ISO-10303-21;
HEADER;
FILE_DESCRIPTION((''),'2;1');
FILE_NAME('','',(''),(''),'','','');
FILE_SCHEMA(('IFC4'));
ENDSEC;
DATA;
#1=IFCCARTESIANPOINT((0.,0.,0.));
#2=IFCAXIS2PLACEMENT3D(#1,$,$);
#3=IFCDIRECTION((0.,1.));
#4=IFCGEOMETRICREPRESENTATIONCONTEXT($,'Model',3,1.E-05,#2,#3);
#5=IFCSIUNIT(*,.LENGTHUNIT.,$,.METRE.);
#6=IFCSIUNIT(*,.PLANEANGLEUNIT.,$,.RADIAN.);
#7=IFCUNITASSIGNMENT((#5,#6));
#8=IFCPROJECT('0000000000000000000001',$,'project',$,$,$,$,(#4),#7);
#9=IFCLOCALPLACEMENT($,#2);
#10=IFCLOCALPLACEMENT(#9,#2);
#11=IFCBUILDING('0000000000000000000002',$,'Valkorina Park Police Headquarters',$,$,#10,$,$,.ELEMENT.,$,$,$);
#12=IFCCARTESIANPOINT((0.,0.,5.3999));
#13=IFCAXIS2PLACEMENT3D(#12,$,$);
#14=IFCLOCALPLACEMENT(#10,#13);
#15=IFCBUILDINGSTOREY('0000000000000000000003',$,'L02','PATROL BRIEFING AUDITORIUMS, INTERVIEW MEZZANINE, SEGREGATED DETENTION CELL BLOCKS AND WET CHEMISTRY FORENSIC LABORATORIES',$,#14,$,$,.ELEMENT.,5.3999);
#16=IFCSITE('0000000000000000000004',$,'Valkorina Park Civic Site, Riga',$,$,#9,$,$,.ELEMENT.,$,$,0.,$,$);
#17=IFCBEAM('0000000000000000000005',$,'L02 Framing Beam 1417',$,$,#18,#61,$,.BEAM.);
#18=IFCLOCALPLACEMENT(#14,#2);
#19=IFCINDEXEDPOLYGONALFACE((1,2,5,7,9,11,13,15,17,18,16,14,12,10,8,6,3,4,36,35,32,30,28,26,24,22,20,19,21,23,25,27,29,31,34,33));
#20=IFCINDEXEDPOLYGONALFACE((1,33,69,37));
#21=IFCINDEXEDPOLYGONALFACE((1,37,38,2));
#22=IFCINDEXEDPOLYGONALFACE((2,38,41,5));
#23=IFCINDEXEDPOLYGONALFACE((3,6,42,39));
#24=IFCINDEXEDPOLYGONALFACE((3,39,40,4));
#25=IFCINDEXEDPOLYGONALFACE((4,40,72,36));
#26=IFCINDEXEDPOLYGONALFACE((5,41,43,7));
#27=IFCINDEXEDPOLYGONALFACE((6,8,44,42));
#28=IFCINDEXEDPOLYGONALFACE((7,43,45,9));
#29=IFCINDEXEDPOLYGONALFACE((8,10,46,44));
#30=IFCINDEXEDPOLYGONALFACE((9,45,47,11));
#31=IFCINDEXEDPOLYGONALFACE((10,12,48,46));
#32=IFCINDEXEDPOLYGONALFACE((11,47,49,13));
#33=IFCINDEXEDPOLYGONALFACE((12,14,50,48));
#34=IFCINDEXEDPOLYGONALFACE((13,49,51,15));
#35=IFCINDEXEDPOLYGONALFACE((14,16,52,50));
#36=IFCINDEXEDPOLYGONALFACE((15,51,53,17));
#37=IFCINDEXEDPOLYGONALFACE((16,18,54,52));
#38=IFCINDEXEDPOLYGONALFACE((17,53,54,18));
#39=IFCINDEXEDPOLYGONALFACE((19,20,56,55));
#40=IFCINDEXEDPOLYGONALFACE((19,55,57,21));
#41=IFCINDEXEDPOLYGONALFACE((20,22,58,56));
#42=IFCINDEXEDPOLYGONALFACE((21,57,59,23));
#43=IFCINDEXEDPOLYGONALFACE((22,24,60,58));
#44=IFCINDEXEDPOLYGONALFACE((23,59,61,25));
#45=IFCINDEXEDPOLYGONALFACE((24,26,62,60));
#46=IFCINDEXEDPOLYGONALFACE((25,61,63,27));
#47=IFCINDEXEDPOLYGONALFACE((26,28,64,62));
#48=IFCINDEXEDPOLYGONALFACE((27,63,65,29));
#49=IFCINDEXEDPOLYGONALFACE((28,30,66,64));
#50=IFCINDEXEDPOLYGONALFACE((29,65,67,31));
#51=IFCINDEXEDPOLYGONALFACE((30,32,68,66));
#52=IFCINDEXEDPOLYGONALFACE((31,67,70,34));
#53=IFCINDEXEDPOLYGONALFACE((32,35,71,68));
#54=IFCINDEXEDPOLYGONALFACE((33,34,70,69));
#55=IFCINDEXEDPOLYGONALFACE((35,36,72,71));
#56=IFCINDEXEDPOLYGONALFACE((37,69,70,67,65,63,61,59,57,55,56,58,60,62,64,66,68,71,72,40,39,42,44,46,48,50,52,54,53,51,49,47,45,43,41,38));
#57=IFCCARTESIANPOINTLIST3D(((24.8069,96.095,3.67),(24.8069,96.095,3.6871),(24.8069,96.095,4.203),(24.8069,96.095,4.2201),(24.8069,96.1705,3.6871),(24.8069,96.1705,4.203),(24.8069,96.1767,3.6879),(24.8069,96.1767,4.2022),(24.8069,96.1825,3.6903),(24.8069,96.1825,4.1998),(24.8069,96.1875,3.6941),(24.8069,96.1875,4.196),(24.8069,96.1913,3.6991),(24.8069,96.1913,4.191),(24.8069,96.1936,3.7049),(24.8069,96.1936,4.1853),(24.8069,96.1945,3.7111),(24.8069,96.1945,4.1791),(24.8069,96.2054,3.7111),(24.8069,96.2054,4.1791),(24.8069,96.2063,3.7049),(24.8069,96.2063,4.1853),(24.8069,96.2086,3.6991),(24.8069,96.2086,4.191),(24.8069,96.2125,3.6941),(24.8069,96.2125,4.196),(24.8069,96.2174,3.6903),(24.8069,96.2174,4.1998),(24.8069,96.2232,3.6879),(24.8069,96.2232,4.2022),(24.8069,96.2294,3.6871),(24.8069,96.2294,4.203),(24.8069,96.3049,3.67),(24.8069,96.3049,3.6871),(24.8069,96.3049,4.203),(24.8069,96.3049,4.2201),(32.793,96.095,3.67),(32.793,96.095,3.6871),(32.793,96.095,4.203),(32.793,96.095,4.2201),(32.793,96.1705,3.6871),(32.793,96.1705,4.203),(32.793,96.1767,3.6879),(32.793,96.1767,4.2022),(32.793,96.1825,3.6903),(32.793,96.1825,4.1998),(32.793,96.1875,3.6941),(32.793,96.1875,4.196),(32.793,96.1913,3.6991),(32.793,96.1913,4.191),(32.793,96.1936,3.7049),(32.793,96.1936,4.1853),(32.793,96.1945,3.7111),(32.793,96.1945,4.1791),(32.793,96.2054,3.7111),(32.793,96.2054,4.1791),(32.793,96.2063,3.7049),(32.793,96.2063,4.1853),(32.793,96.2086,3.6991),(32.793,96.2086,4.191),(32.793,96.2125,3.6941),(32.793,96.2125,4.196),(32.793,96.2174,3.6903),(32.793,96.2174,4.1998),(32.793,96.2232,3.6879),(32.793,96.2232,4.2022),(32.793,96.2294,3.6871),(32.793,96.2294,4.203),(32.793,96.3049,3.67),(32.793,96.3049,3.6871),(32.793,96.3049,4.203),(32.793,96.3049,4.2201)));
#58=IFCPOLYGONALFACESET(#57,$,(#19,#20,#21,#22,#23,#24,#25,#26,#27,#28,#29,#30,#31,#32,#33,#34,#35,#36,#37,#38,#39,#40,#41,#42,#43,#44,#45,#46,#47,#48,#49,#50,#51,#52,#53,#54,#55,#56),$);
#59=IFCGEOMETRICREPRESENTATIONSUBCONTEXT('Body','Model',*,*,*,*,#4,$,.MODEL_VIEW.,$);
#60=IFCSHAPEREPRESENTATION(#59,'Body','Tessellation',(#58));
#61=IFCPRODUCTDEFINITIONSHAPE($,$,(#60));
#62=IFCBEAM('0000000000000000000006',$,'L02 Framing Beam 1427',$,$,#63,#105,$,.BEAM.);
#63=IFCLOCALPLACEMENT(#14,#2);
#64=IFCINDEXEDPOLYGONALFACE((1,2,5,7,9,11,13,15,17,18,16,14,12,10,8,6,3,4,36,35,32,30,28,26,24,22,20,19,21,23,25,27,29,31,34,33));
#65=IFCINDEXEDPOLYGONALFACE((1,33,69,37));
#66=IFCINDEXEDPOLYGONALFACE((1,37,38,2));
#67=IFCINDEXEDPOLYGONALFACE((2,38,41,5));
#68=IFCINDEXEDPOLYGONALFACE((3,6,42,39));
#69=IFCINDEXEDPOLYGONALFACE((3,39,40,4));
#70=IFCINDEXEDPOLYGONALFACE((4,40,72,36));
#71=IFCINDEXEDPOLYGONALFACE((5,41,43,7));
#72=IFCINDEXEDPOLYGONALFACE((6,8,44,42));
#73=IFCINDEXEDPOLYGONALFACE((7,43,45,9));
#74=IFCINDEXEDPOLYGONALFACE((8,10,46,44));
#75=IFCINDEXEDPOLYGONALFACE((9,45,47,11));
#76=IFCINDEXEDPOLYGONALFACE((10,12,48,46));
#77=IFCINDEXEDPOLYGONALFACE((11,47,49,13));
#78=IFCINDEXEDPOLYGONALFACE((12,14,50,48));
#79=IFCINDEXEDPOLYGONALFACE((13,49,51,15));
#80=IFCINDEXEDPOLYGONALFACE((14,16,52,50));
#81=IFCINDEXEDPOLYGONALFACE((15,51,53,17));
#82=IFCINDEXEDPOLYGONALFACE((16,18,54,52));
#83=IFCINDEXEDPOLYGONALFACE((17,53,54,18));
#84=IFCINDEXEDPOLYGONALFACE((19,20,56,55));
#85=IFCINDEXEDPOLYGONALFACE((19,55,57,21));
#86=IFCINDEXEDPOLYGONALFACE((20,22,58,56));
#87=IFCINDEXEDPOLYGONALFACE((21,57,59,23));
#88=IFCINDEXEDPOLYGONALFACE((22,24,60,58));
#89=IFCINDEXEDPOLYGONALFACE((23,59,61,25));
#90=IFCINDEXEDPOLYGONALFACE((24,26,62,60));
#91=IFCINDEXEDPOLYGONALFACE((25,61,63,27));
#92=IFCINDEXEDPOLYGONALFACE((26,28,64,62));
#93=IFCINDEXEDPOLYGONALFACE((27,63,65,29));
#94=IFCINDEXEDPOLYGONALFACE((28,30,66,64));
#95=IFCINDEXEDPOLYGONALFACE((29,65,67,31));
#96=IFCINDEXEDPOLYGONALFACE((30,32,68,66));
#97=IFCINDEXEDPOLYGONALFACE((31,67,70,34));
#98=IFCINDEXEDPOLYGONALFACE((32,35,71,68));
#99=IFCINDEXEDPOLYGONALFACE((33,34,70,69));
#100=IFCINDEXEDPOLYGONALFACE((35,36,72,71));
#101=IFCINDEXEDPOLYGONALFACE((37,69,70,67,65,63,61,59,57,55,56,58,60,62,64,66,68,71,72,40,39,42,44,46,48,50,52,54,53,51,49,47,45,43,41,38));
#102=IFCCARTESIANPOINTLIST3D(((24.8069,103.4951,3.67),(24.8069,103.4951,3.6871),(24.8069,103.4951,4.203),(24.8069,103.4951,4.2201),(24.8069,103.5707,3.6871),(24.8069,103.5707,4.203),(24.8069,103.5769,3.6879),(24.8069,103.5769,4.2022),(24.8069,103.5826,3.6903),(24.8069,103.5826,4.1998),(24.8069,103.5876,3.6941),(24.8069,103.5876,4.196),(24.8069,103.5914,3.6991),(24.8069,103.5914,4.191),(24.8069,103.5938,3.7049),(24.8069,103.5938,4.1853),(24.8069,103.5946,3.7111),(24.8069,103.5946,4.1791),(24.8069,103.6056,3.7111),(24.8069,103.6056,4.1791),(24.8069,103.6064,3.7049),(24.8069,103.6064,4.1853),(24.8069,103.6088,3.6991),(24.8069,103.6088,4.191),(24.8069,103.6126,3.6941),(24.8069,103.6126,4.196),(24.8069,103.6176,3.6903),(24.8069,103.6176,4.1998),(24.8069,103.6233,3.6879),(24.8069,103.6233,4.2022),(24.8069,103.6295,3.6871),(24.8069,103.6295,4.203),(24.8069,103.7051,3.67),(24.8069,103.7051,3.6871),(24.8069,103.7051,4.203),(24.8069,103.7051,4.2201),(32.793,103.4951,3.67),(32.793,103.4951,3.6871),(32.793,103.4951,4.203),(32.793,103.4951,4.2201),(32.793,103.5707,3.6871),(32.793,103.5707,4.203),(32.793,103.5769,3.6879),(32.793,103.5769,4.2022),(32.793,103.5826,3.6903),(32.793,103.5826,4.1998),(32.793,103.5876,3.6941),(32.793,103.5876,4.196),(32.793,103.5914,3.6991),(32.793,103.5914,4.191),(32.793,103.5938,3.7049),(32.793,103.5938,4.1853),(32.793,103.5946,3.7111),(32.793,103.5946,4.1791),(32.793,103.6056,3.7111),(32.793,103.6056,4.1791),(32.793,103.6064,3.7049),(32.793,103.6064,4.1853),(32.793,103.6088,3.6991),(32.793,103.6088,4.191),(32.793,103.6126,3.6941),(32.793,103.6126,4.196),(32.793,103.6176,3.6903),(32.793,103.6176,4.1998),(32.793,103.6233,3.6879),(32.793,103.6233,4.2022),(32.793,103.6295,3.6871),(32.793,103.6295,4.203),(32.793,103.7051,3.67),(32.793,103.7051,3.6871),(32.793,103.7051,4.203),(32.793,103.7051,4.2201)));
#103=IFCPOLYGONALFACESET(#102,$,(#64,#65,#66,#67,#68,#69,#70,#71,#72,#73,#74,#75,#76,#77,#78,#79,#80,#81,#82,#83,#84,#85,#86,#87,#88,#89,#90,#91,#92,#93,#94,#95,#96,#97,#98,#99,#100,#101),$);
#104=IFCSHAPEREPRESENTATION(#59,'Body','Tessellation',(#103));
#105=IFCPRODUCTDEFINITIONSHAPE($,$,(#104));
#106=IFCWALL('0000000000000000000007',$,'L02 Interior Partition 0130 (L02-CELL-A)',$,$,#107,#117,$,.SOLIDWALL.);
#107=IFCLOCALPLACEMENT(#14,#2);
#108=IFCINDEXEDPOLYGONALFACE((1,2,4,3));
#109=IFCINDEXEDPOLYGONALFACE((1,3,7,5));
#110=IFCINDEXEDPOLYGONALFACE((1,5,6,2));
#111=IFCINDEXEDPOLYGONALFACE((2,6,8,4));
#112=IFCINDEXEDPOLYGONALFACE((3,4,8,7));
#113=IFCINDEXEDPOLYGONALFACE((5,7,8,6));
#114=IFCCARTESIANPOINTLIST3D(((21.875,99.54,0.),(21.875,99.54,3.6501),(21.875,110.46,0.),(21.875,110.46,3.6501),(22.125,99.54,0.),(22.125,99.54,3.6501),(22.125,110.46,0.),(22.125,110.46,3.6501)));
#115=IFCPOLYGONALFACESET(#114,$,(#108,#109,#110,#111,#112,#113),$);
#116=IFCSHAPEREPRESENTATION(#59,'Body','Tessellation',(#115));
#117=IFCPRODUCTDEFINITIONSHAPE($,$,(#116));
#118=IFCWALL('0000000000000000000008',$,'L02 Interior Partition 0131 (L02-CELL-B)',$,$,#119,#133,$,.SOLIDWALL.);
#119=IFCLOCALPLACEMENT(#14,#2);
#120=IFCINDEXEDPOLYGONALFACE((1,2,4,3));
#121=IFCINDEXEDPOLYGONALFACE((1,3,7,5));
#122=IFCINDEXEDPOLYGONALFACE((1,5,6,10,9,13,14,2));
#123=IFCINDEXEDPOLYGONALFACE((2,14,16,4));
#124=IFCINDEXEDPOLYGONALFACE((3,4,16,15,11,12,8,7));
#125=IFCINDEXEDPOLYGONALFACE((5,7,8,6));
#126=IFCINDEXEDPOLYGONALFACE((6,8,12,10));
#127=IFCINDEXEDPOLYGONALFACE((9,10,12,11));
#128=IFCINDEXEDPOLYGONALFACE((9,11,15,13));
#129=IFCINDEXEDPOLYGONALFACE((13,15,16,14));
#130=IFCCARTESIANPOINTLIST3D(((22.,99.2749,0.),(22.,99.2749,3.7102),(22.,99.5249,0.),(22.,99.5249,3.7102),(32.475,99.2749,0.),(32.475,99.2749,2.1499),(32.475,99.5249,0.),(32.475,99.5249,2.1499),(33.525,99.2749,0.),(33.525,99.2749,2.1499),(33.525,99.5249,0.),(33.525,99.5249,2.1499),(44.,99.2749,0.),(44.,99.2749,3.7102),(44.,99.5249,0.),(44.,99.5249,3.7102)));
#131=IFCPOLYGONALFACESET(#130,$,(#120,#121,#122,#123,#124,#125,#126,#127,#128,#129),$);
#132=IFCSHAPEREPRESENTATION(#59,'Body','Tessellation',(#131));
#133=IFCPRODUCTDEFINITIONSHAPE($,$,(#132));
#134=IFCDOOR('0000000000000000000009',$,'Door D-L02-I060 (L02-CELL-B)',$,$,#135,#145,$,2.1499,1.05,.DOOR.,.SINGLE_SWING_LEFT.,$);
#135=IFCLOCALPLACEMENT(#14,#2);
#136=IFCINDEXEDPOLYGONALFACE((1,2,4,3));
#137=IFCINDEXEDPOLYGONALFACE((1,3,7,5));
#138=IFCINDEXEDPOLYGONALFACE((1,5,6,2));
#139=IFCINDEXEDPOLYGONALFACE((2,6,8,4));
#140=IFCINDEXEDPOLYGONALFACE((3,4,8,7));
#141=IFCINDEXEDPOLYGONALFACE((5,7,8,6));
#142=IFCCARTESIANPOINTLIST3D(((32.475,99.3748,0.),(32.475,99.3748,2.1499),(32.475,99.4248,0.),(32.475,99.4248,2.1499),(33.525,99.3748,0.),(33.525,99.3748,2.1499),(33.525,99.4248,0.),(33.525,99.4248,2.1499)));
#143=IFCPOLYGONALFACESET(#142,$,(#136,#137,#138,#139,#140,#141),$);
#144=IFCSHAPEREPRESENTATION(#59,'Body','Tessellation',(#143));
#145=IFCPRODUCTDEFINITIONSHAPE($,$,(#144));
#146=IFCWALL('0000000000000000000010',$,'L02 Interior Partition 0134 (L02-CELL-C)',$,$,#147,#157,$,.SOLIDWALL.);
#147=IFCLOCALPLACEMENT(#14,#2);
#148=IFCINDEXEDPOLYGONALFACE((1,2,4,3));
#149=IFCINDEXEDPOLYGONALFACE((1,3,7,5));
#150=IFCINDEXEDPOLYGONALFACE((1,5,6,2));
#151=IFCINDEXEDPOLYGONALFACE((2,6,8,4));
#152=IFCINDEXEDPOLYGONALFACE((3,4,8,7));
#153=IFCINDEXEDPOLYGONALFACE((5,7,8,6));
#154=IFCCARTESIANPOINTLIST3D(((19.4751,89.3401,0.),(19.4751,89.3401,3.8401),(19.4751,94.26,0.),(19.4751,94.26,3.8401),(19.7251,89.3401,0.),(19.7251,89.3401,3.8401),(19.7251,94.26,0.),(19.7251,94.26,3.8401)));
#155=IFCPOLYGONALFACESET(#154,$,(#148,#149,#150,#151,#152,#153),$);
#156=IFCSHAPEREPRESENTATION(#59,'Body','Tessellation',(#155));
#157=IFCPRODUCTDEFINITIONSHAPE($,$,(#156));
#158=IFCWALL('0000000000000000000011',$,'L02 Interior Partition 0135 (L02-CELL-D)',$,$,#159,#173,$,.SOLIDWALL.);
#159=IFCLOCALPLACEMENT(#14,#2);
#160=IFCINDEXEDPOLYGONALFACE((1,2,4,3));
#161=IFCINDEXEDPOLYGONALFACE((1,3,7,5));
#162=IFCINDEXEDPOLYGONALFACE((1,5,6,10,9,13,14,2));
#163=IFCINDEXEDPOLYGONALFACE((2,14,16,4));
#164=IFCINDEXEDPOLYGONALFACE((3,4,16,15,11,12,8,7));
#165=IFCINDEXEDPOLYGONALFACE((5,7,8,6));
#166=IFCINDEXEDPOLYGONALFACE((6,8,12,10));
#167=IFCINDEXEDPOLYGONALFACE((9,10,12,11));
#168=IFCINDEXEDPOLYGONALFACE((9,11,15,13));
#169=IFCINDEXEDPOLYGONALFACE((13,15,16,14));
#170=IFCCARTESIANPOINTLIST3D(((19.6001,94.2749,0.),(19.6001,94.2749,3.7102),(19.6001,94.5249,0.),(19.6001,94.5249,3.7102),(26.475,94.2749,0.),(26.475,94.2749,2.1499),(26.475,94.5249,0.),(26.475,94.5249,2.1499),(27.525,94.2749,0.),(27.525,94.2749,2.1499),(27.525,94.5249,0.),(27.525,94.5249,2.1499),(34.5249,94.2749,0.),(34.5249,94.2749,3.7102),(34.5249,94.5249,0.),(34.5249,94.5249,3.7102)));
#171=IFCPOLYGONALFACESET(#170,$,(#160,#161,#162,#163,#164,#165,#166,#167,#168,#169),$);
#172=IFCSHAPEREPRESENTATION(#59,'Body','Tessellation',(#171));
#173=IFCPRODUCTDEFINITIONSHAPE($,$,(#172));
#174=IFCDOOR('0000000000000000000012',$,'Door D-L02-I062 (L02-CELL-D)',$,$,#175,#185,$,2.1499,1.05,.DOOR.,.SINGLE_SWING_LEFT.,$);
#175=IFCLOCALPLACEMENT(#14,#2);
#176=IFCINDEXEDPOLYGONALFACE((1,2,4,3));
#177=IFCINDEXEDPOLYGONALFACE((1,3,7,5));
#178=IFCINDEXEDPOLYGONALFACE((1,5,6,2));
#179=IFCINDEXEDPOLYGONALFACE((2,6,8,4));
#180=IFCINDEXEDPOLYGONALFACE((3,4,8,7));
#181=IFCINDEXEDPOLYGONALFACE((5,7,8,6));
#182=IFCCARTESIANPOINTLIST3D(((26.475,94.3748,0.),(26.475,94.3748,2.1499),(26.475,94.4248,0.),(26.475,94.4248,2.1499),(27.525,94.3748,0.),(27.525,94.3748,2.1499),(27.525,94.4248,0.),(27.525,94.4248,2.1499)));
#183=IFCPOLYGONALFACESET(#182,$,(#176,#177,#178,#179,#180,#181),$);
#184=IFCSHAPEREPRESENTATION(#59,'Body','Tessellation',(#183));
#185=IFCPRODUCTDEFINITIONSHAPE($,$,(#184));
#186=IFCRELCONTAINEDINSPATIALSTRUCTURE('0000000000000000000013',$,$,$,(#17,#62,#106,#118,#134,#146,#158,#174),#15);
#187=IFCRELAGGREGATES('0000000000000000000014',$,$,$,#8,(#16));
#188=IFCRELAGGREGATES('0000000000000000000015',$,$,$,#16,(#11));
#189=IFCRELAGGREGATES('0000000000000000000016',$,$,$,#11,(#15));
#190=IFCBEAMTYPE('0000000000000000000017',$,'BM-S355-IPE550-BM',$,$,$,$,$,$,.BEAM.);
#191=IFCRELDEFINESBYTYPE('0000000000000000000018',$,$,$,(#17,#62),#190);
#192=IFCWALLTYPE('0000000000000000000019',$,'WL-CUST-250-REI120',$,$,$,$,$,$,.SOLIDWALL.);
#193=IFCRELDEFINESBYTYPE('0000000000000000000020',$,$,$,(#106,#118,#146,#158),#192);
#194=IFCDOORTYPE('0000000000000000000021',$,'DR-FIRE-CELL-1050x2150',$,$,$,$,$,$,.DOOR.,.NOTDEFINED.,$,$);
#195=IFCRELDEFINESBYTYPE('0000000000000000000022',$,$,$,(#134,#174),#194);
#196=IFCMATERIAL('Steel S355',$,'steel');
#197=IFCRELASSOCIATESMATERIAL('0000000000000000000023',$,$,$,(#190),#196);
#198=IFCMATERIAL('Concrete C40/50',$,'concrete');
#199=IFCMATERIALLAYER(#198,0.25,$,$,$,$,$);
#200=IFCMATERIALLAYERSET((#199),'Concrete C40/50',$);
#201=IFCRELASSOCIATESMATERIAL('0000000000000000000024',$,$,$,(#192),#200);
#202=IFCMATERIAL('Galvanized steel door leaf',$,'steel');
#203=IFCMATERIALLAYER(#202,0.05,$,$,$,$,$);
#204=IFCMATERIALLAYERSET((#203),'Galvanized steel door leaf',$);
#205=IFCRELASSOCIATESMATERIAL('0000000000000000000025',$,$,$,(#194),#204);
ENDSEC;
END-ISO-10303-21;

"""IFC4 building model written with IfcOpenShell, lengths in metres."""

from ifc_helpers import new_model, si_unit, direction, frame, frame_2d, origin, origin_2d, place, context, subcontext, project, spatial, rectangle, i_section, extrude, material, layer, layer_set, material_profile, profile_set, type_object, element, fill, save


model = new_model("IFC4")

# Units and contexts
model_context = context("Model", 3, precision=1e-05, world=origin(), true_north=direction((0.0, 1.0)))
body_context = subcontext(model_context, "Body", "Model", "MODEL_VIEW")
ifc_project = project(units=[si_unit("LENGTHUNIT", "METRE"), si_unit("PLANEANGLEUNIT", "RADIAN")], contexts=[model_context])

# Site, building, storey
site_placement = place(None, origin())
site = spatial("IfcSite", under=ifc_project, at=site_placement, Name="Valkorina Park Civic Site, Riga", CompositionType="ELEMENT", RefElevation=0.0)
building_placement = place(site_placement, origin())
building = spatial("IfcBuilding", under=site, at=building_placement, Name="Valkorina Park Police Headquarters", CompositionType="ELEMENT")
storey_placement = place(building_placement, frame((0.0, 0.0, 5.3999)))
storey = spatial("IfcBuildingStorey", under=building, at=storey_placement, Name="L02", Description="PATROL BRIEFING AUDITORIUMS, INTERVIEW MEZZANINE, SEGREGATED DETENTION CELL BLOCKS AND WET CHEMISTRY FORENSIC LABORATORIES", CompositionType="ELEMENT", Elevation=5.3999)

# Shared definitions
ifc_material_1 = material(Name="Steel S355", Category="steel")

# Beams
ifc_material_profile_1 = material_profile(ifc_material_1, i_section(OverallWidth=0.21, OverallDepth=0.55, WebThickness=0.011, FlangeThickness=0.0171, FilletRadius=0.0239, at=origin_2d()), Name="IPE 550")
ifc_profile_set_1 = profile_set([ifc_material_profile_1], Name="Steel S355")
beam_type_1 = type_object("IfcBeamType", Name="BM-S355-IPE550-BM", PredefinedType="BEAM", material=ifc_profile_set_1)
for number, where, z_axis, x_axis, name in (
    (1, (24.8069, 96.2, 3.9451), (1.0, 0.0, 0.0), (0.0, 1.0, 0.0), "L02 Framing Beam 1417"),
    (2, (24.8069, 103.6001, 3.9451), (1.0, 0.0, 0.0), (0.0, 1.0, 0.0), "L02 Framing Beam 1427"),
):
    element("IfcBeam", number, at=place(storey_placement, frame(where, z_axis=z_axis, x_axis=x_axis)), inside=storey, type_object=beam_type_1, Name=name, PredefinedType="BEAM", context=body_context, shape_type="SweptSolid", body=[
        extrude(i_section(OverallWidth=0.21, OverallDepth=0.55, WebThickness=0.011, FlangeThickness=0.0171, FilletRadius=0.0239, at=origin_2d()), origin(), (0.0, 0.0, 1.0), 7.9861),
    ])

# Wall
ifc_material_2 = material(Name="Concrete C40/50", Category="concrete")
ifc_layer_1 = layer(ifc_material_2, 0.25)
ifc_layer_set_1 = layer_set([ifc_layer_1], Name="Concrete C40/50")
wall_type_1 = type_object("IfcWallType", Name="WL-CUST-250-REI120", PredefinedType="SOLIDWALL", material=ifc_layer_set_1)
wall_1_placement = place(storey_placement, frame((22.0, 99.54, 0.0), z_axis=(0.0, 0.0, 1.0), x_axis=(0.0, 1.0, 0.0)))
element("IfcWall", 3, at=wall_1_placement, inside=storey, type_object=wall_type_1, Name="L02 Interior Partition 0130 (L02-CELL-A)", PredefinedType="SOLIDWALL", context=body_context, shape_type="SweptSolid", body=[
    extrude(rectangle(XDim=10.9199, YDim=0.25, at=frame_2d((5.46, 0.0))), origin(), (0.0, 0.0, 1.0), 3.6501),
])

# Wall, opening, door
wall_2_placement = place(storey_placement, frame((22.0, 99.3999, 0.0), z_axis=(0.0, 0.0, 1.0), x_axis=(1.0, 0.0, 0.0)))
wall_2 = element("IfcWall", 4, at=wall_2_placement, inside=storey, type_object=wall_type_1, Name="L02 Interior Partition 0131 (L02-CELL-B)", PredefinedType="SOLIDWALL", context=body_context, shape_type="SweptSolid", body=[
    extrude(rectangle(XDim=22.0, YDim=0.25, at=frame_2d((11.0, 0.0))), origin(), (0.0, 0.0, 1.0), 3.7102),
])
opening_1_placement = place(wall_2_placement, frame((10.4751, 0.0, 0.0)))
opening_1 = element("IfcOpeningElement", 5, at=opening_1_placement, cuts=wall_2, PredefinedType="OPENING", context=body_context, shape_type="SweptSolid", body=[
    extrude(rectangle(XDim=1.05, YDim=2.1499, at=frame_2d((0.5249, 1.075))), frame((0.0, 0.135, 0.0), z_axis=(0.0, -1.0, 0.0), x_axis=(1.0, 0.0, 0.0)), (0.0, 0.0, 1.0), 0.27),
])
ifc_material_3 = material(Name="Galvanized steel door leaf", Category="steel")
ifc_layer_2 = layer(ifc_material_3, 0.05)
ifc_layer_set_2 = layer_set([ifc_layer_2], Name="Galvanized steel door leaf")
door_type = type_object("IfcDoorType", Name="DR-FIRE-CELL-1050x2150", OperationType="NOTDEFINED", PredefinedType="DOOR", material=ifc_layer_set_2)
door_1_placement = place(opening_1_placement, origin())
door_1 = element("IfcDoor", 6, at=door_1_placement, inside=storey, type_object=door_type, Name="Door D-L02-I060 (L02-CELL-B)", OperationType="SINGLE_SWING_LEFT", OverallHeight=2.1499, OverallWidth=1.05, PredefinedType="DOOR", context=body_context, shape_type="SweptSolid", body=[
    extrude(rectangle(XDim=1.05, YDim=2.1499, at=frame_2d((0.5249, 1.075))), frame((0.0, 0.0249, 0.0), z_axis=(0.0, -1.0, 0.0), x_axis=(1.0, 0.0, 0.0)), (0.0, 0.0, 1.0), 0.05),
])
fill(opening_1, door_1)

# Wall
wall_3_placement = place(storey_placement, frame((19.6001, 89.3401, 0.0), z_axis=(0.0, 0.0, 1.0), x_axis=(0.0, 1.0, 0.0)))
element("IfcWall", 7, at=wall_3_placement, inside=storey, type_object=wall_type_1, Name="L02 Interior Partition 0134 (L02-CELL-C)", PredefinedType="SOLIDWALL", context=body_context, shape_type="SweptSolid", body=[
    extrude(rectangle(XDim=4.9199, YDim=0.25, at=frame_2d((2.46, 0.0))), origin(), (0.0, 0.0, 1.0), 3.8401),
])

# Wall, opening, door
wall_4_placement = place(storey_placement, frame((19.6001, 94.3999, 0.0), z_axis=(0.0, 0.0, 1.0), x_axis=(1.0, 0.0, 0.0)))
wall_4 = element("IfcWall", 8, at=wall_4_placement, inside=storey, type_object=wall_type_1, Name="L02 Interior Partition 0135 (L02-CELL-D)", PredefinedType="SOLIDWALL", context=body_context, shape_type="SweptSolid", body=[
    extrude(rectangle(XDim=14.9248, YDim=0.25, at=frame_2d((7.4624, 0.0))), origin(), (0.0, 0.0, 1.0), 3.7102),
])
opening_2_placement = place(wall_4_placement, frame((6.875, 0.0, 0.0)))
opening_2 = element("IfcOpeningElement", 9, at=opening_2_placement, cuts=wall_4, PredefinedType="OPENING", context=body_context, shape_type="SweptSolid", body=[
    extrude(rectangle(XDim=1.05, YDim=2.1499, at=frame_2d((0.5249, 1.075))), frame((0.0, 0.135, 0.0), z_axis=(0.0, -1.0, 0.0), x_axis=(1.0, 0.0, 0.0)), (0.0, 0.0, 1.0), 0.27),
])
door_2_placement = place(opening_2_placement, origin())
door_2 = element("IfcDoor", 10, at=door_2_placement, inside=storey, type_object=door_type, Name="Door D-L02-I062 (L02-CELL-D)", OperationType="SINGLE_SWING_LEFT", OverallHeight=2.1499, OverallWidth=1.05, PredefinedType="DOOR", context=body_context, shape_type="SweptSolid", body=[
    extrude(rectangle(XDim=1.05, YDim=2.1499, at=frame_2d((0.5249, 1.075))), frame((0.0, 0.0249, 0.0), z_axis=(0.0, -1.0, 0.0), x_axis=(1.0, 0.0, 0.0)), (0.0, 0.0, 1.0), 0.05),
])
fill(opening_2, door_2)

save(model, "model.ifc")
